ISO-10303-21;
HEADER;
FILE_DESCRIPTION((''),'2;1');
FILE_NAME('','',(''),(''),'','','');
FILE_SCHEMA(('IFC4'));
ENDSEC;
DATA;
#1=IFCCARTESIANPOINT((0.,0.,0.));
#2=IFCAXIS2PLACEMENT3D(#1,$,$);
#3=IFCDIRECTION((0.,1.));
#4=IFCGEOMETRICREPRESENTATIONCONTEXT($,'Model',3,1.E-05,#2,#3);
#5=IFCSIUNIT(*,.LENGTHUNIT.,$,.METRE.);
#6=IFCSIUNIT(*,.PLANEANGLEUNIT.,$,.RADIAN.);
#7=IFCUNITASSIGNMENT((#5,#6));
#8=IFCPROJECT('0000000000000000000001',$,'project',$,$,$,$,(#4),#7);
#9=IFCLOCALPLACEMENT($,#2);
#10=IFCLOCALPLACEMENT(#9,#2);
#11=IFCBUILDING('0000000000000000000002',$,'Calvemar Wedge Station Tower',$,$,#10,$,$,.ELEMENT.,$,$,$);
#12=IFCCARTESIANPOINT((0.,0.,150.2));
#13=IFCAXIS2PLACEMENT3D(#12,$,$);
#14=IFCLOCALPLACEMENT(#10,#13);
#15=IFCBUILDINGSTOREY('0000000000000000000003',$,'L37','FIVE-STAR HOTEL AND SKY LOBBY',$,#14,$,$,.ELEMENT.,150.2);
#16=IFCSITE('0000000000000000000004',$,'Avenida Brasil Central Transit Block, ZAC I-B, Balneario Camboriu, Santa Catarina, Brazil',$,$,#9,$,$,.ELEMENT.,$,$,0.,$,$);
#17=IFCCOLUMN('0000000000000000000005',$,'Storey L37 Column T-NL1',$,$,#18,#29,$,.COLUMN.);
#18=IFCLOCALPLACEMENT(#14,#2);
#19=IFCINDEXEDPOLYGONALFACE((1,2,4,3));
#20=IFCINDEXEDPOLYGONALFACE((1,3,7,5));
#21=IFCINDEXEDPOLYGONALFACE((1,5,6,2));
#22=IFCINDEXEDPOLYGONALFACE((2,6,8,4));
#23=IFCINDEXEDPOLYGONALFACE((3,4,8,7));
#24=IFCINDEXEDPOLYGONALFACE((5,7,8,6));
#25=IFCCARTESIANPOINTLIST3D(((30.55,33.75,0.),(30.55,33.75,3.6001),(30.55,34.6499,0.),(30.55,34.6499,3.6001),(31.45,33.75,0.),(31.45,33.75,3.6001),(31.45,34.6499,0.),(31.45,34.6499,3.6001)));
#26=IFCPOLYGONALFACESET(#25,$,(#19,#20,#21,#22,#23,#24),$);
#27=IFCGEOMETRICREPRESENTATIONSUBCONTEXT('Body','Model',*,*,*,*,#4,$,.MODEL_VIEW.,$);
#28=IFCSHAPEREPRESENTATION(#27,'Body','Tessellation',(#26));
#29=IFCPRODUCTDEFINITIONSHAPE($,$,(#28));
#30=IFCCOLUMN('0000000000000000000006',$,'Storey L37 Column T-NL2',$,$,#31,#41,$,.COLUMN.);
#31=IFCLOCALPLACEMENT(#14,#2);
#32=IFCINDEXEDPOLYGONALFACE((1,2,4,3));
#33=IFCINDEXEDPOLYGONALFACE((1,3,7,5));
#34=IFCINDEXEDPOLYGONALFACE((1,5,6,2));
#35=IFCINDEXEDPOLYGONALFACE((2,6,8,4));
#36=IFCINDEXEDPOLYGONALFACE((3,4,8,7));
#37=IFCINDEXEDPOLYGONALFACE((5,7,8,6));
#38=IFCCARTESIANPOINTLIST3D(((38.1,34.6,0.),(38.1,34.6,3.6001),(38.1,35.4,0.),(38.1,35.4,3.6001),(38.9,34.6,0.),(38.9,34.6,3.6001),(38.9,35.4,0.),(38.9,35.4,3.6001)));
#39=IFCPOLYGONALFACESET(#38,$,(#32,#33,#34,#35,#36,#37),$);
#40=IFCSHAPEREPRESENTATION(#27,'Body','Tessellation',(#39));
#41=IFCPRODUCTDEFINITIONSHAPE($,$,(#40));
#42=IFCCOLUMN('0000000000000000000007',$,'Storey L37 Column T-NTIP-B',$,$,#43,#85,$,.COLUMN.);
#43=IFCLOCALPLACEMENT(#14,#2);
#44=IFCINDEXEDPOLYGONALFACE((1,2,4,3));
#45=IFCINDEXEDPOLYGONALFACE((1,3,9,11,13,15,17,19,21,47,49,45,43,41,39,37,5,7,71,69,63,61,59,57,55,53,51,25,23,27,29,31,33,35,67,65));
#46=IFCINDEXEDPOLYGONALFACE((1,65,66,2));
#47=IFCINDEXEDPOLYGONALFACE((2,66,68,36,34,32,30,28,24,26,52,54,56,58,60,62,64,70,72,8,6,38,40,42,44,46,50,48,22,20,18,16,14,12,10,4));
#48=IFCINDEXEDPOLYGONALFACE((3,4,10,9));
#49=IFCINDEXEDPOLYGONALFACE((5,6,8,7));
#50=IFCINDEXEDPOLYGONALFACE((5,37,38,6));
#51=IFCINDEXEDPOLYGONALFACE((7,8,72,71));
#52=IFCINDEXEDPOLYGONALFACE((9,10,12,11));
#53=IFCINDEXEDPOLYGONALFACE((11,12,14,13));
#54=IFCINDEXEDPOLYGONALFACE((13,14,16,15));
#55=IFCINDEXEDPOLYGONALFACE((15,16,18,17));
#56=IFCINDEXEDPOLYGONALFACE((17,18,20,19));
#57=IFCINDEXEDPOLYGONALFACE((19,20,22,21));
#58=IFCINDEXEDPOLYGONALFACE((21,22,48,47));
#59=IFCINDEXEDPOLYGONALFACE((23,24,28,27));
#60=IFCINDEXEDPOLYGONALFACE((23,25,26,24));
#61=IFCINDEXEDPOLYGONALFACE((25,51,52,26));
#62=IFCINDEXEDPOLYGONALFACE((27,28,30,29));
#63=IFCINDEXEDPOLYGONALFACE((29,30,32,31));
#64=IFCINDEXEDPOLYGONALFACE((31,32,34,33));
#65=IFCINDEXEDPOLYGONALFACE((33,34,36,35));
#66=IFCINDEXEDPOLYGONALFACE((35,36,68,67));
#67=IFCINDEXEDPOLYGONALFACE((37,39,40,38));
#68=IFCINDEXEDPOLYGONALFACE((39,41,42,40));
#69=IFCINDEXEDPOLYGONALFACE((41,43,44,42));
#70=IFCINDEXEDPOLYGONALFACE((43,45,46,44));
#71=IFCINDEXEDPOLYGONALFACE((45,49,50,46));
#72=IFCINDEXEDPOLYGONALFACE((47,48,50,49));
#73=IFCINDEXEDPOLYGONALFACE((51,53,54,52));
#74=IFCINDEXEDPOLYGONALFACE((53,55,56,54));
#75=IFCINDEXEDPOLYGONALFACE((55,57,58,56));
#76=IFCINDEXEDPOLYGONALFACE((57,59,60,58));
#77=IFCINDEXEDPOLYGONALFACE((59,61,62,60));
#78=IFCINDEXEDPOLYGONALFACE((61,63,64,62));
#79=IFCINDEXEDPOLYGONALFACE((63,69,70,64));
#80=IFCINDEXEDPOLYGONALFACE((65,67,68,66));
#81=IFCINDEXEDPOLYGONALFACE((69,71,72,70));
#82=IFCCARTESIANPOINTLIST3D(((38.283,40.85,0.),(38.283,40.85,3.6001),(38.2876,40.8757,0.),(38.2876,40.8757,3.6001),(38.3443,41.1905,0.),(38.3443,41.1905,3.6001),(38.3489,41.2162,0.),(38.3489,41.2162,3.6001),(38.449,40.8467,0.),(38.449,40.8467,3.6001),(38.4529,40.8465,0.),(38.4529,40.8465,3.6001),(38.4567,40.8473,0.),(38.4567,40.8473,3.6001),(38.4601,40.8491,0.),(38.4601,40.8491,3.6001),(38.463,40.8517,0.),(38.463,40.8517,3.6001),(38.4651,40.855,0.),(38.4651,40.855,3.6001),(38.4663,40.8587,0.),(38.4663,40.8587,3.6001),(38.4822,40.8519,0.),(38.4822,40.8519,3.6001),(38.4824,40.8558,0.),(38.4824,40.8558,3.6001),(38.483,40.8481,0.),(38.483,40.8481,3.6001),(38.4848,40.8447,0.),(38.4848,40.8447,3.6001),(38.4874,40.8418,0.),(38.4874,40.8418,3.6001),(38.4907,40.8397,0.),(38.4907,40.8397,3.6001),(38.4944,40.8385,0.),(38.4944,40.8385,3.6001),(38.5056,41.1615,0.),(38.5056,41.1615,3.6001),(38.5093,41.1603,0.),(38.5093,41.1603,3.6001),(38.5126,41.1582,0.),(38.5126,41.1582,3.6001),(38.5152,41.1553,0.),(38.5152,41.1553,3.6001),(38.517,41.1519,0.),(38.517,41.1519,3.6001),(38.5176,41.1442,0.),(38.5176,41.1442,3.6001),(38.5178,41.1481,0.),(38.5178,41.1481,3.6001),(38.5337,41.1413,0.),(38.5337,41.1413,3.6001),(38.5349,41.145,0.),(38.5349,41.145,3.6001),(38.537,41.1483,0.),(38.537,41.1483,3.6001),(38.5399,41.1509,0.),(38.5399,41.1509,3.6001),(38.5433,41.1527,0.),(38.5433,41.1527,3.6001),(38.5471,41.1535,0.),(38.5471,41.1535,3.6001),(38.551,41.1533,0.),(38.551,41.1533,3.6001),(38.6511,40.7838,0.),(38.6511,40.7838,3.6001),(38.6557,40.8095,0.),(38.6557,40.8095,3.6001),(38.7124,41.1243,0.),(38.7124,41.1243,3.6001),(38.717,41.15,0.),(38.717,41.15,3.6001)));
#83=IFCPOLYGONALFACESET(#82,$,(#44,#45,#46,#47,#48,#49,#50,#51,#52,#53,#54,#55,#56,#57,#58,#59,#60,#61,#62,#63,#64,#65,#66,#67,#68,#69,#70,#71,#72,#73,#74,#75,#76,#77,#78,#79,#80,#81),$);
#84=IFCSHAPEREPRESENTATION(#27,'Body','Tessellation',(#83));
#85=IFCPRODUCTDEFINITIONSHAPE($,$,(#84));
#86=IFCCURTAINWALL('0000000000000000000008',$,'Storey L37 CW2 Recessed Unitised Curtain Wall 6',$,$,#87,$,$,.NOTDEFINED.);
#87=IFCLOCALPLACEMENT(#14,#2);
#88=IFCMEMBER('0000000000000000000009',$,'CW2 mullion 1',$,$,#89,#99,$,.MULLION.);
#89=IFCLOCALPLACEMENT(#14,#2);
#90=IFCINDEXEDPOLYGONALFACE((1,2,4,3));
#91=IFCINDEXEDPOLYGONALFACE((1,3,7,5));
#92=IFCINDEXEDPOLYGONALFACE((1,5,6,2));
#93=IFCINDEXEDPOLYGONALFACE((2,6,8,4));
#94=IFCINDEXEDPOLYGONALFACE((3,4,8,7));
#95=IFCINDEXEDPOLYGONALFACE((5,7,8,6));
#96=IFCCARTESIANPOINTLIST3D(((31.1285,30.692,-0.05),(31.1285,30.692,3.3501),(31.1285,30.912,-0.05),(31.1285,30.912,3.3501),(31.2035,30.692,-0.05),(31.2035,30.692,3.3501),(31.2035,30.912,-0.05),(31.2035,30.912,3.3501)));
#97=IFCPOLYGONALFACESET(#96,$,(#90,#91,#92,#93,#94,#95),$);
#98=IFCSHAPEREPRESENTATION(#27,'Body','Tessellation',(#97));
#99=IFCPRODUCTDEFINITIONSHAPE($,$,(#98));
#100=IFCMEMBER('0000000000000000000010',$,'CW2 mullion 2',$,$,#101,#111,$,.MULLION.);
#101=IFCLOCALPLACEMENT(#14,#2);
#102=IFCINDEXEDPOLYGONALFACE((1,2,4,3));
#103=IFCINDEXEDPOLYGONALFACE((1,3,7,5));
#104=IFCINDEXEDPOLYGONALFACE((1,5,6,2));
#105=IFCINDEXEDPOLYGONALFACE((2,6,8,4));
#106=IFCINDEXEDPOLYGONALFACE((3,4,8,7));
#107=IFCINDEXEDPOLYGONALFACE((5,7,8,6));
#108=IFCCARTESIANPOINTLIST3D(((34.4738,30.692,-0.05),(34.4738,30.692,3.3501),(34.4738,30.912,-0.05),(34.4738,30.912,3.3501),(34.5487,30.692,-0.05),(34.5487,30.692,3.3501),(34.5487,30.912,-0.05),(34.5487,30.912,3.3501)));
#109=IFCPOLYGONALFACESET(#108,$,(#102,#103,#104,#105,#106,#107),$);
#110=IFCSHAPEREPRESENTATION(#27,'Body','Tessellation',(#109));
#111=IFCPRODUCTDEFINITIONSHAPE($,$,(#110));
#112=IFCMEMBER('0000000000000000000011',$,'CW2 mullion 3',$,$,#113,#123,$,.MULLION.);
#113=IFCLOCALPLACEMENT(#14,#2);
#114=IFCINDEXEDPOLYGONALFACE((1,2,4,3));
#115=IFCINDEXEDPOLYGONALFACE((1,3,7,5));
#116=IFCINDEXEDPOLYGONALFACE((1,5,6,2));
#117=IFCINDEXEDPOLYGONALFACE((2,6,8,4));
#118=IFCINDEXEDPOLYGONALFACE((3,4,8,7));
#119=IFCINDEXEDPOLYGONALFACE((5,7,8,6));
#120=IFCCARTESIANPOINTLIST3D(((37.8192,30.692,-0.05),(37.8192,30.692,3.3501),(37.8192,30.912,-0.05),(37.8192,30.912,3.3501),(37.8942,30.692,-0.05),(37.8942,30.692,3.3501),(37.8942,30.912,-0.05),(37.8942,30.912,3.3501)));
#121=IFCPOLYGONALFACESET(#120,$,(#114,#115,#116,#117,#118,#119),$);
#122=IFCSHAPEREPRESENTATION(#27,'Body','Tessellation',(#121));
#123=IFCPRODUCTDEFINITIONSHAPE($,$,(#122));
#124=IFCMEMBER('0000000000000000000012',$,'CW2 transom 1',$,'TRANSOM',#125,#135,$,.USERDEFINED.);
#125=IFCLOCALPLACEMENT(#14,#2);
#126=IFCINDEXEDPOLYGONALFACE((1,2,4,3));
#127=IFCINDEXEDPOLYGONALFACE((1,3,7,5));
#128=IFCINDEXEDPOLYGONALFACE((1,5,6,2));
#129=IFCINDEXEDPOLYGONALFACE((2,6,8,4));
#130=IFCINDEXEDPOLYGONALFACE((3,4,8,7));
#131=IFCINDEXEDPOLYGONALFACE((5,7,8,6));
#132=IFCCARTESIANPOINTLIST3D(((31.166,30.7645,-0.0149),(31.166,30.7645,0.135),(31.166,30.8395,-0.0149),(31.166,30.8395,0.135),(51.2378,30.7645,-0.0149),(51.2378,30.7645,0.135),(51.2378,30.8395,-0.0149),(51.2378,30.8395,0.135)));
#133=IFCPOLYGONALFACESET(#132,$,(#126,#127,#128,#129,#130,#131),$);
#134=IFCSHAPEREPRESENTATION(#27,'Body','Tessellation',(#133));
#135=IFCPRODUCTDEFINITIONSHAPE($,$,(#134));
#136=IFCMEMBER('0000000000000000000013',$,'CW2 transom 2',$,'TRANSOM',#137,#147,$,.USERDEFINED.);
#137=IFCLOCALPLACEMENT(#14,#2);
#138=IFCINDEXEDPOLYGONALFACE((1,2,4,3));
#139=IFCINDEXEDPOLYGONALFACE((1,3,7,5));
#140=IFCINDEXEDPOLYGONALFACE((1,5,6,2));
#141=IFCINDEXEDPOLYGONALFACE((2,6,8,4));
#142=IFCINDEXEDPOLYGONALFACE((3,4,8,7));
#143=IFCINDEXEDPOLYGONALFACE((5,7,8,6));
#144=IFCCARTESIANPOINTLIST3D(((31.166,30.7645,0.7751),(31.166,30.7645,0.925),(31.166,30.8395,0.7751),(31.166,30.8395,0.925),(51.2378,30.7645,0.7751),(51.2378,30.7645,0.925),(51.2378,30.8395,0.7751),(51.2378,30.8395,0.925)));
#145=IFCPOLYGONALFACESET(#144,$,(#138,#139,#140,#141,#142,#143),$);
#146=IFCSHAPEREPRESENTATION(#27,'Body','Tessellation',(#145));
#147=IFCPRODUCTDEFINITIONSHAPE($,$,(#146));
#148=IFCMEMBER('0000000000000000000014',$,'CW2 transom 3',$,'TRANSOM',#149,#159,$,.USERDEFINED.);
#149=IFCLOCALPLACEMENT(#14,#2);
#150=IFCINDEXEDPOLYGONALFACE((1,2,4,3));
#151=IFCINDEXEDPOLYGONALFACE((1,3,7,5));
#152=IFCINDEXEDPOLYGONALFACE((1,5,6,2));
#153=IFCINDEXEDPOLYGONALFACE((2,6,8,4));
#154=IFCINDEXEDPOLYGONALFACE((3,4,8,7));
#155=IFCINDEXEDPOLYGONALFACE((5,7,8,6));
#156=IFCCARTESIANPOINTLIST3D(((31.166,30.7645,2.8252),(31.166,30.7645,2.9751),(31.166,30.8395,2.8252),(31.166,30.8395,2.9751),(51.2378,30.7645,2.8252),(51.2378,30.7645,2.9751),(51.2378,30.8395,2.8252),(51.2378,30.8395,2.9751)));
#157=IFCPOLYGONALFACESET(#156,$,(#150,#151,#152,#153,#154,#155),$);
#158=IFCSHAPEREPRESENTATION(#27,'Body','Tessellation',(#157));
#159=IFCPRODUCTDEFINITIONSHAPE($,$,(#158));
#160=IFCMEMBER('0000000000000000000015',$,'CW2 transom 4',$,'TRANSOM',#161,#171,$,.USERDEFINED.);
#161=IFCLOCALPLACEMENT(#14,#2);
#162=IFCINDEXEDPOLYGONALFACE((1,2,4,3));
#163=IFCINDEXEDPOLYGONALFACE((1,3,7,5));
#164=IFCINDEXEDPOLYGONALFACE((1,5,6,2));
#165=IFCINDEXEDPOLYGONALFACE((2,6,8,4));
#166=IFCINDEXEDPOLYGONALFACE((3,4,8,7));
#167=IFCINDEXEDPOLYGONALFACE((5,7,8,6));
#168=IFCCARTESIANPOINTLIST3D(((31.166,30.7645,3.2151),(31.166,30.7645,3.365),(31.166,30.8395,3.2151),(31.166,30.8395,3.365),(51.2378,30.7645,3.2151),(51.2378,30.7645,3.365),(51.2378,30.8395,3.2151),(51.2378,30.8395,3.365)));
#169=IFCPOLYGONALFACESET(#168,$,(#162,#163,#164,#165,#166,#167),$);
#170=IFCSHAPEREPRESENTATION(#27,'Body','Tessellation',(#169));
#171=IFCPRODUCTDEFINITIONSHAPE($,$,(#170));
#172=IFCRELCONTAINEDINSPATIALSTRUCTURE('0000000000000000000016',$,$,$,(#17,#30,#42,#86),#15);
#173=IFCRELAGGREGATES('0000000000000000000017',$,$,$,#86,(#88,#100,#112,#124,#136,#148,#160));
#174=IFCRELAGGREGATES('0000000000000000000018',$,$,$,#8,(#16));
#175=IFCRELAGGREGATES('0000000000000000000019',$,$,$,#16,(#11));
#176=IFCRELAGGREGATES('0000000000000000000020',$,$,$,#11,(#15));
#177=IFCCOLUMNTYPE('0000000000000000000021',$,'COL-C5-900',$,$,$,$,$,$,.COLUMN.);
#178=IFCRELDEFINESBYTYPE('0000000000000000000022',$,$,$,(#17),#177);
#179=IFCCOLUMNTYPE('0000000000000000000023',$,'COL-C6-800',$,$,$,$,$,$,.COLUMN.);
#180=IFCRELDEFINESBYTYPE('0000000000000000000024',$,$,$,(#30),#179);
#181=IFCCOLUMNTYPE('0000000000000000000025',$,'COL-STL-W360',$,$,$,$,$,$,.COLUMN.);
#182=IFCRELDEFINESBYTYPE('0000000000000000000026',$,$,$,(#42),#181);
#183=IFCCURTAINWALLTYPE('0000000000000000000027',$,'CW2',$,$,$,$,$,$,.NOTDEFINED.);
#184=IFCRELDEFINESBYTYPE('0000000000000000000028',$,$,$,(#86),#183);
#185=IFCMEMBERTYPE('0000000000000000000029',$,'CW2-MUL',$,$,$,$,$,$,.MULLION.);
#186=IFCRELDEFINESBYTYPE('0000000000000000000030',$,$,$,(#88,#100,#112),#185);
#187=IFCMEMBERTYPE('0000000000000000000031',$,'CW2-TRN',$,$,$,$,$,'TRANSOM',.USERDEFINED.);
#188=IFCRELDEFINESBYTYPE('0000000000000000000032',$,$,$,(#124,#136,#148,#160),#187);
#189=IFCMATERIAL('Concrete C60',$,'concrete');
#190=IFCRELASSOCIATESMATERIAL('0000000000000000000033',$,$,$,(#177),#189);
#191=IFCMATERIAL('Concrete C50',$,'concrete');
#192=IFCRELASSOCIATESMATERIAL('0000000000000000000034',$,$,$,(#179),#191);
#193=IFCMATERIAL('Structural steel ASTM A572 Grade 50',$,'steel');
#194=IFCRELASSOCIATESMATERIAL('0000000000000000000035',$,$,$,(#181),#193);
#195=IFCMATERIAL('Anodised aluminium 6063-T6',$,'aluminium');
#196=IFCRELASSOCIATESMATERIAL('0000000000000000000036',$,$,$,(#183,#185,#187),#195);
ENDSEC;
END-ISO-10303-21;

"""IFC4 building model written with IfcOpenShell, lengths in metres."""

from ifc_helpers import new_model, si_unit, direction, frame, origin, origin_2d, place, context, subcontext, project, spatial, rectangle, i_section, extrude, source, transform, mapped, material, material_profile, profile_set, type_object, element, aggregate, save


model = new_model("IFC4")

# Units and contexts
model_context = context("Model", 3, precision=1e-05, world=origin(), true_north=direction((0.0, 1.0)))
body_context = subcontext(model_context, "Body", "Model", "MODEL_VIEW")
ifc_project = project(units=[si_unit("LENGTHUNIT", "METRE"), si_unit("PLANEANGLEUNIT", "RADIAN")], contexts=[model_context])

# Site, building, storey
site_placement = place(None, origin())
site = spatial("IfcSite", under=ifc_project, at=site_placement, Name="Avenida Brasil Central Transit Block, ZAC I-B, Balneario Camboriu, Santa Catarina, Brazil", CompositionType="ELEMENT", RefElevation=0.0)
building_placement = place(site_placement, origin())
building = spatial("IfcBuilding", under=site, at=building_placement, Name="Calvemar Wedge Station Tower", CompositionType="ELEMENT")
storey_placement = place(building_placement, frame((0.0, 0.0, 150.2)))
storey = spatial("IfcBuildingStorey", under=building, at=storey_placement, Name="L37", Description="FIVE-STAR HOTEL AND SKY LOBBY", CompositionType="ELEMENT", Elevation=150.2)

# Columns
ifc_material_1 = material(Name="Concrete C60", Category="concrete")
ifc_material_profile_1 = material_profile(ifc_material_1, rectangle(XDim=0.8999, YDim=0.8999, at=origin_2d()), Name="RC900x900")
ifc_profile_set_1 = profile_set([ifc_material_profile_1], Name="Concrete C60")
column_type_1 = type_object("IfcColumnType", Name="COL-C5-900", PredefinedType="COLUMN", material=ifc_profile_set_1)
shared_shape_1 = source(origin(), body_context, "Body", "SweptSolid", [
    extrude(rectangle(XDim=0.8999, YDim=0.8999, at=origin_2d()), origin(), (0.0, 0.0, 1.0), 3.6001),
])
column_1_placement = place(storey_placement, frame((31.0, 34.2, 0.0), z_axis=(0.0, 0.0, 1.0), x_axis=(1.0, 0.0, 0.0)))
element("IfcColumn", 1, at=column_1_placement, inside=storey, type_object=column_type_1, Name="Storey L37 Column T-NL1", PredefinedType="COLUMN", context=body_context, shape_type="MappedRepresentation", body=[
    mapped(shared_shape_1, transform((0.0, 0.0, 0.0), scale=1.0)),
])
ifc_material_2 = material(Name="Concrete C50", Category="concrete")
ifc_material_profile_2 = material_profile(ifc_material_2, rectangle(XDim=0.8, YDim=0.8, at=origin_2d()), Name="RC800x800")
ifc_profile_set_2 = profile_set([ifc_material_profile_2], Name="Concrete C50")
column_type_2 = type_object("IfcColumnType", Name="COL-C6-800", PredefinedType="COLUMN", material=ifc_profile_set_2)
shared_shape_2 = source(origin(), body_context, "Body", "SweptSolid", [
    extrude(rectangle(XDim=0.8, YDim=0.8, at=origin_2d()), origin(), (0.0, 0.0, 1.0), 3.6001),
])
column_2_placement = place(storey_placement, frame((38.5, 35.0, 0.0), z_axis=(0.0, 0.0, 1.0), x_axis=(1.0, 0.0, 0.0)))
element("IfcColumn", 2, at=column_2_placement, inside=storey, type_object=column_type_2, Name="Storey L37 Column T-NL2", PredefinedType="COLUMN", context=body_context, shape_type="MappedRepresentation", body=[
    mapped(shared_shape_2, transform((0.0, 0.0, 0.0), scale=1.0)),
])
ifc_material_3 = material(Name="Structural steel ASTM A572 Grade 50", Category="steel")
ifc_material_profile_3 = material_profile(ifc_material_3, i_section(OverallWidth=0.374, OverallDepth=0.3721, WebThickness=0.0164, FlangeThickness=0.0261, FilletRadius=0.0149, at=origin_2d()), Name="W360x196")
ifc_profile_set_3 = profile_set([ifc_material_profile_3], Name="Structural steel ASTM A572 Grade 50")
column_type_3 = type_object("IfcColumnType", Name="COL-STL-W360", PredefinedType="COLUMN", material=ifc_profile_set_3)
shared_shape_3 = source(origin(), body_context, "Body", "SweptSolid", [
    extrude(i_section(OverallWidth=0.374, OverallDepth=0.3721, WebThickness=0.0164, FlangeThickness=0.0261, FilletRadius=0.0149, at=origin_2d()), origin(), (0.0, 0.0, 1.0), 3.6001),
])
column_3_placement = place(storey_placement, frame((38.5, 41.0, 0.0), z_axis=(0.0, 0.0, 1.0), x_axis=(0.984196, -0.177085, 0.0)))
element("IfcColumn", 3, at=column_3_placement, inside=storey, type_object=column_type_3, Name="Storey L37 Column T-NTIP-B", PredefinedType="COLUMN", context=body_context, shape_type="MappedRepresentation", body=[
    mapped(shared_shape_3, transform((0.0, 0.0, 0.0), scale=1.0)),
])

# Curtain wall, members
ifc_material_4 = material(Name="Anodised aluminium 6063-T6", Category="aluminium")
curtain_wall_type = type_object("IfcCurtainWallType", Name="CW2", PredefinedType="NOTDEFINED", material=ifc_material_4)
curtain_wall_placement = place(storey_placement, origin())
curtain_wall = element("IfcCurtainWall", 4, at=curtain_wall_placement, inside=storey, type_object=curtain_wall_type, Name="Storey L37 CW2 Recessed Unitised Curtain Wall 6", PredefinedType="NOTDEFINED")
ifc_material_profile_4 = material_profile(ifc_material_4, rectangle(XDim=0.075, YDim=0.22, at=origin_2d()), Name="AL-MUL-75x220")
ifc_profile_set_4 = profile_set([ifc_material_profile_4], Name="Anodised aluminium 6063-T6")
member_type_1 = type_object("IfcMemberType", Name="CW2-MUL", PredefinedType="MULLION", material=ifc_profile_set_4)
shared_shape_4 = source(origin(), body_context, "Body", "SweptSolid", [
    extrude(rectangle(XDim=0.075, YDim=0.22, at=origin_2d()), origin(), (0.0, 0.0, 1.0), 3.4001),
])
member_1_placement = place(storey_placement, frame((31.166, 30.802, -0.05), z_axis=(0.0, 0.0, 1.0), x_axis=(1.0, 0.0, 0.0)))
member_1 = element("IfcMember", 5, at=member_1_placement, type_object=member_type_1, Name="CW2 mullion 1", PredefinedType="MULLION", context=body_context, shape_type="MappedRepresentation", body=[
    mapped(shared_shape_4, transform((0.0, 0.0, 0.0), scale=1.0)),
])
member_2_placement = place(storey_placement, frame((34.5112, 30.802, -0.05), z_axis=(0.0, 0.0, 1.0), x_axis=(1.0, 0.0, 0.0)))
member_2 = element("IfcMember", 6, at=member_2_placement, type_object=member_type_1, Name="CW2 mullion 2", PredefinedType="MULLION", context=body_context, shape_type="MappedRepresentation", body=[
    mapped(shared_shape_4, transform((0.0, 0.0, 0.0), scale=1.0)),
])
member_3_placement = place(storey_placement, frame((37.8567, 30.802, -0.05), z_axis=(0.0, 0.0, 1.0), x_axis=(1.0, 0.0, 0.0)))
member_3 = element("IfcMember", 7, at=member_3_placement, type_object=member_type_1, Name="CW2 mullion 3", PredefinedType="MULLION", context=body_context, shape_type="MappedRepresentation", body=[
    mapped(shared_shape_4, transform((0.0, 0.0, 0.0), scale=1.0)),
])
ifc_material_profile_5 = material_profile(ifc_material_4, rectangle(XDim=0.075, YDim=0.1499, at=origin_2d()), Name="AL-TRN-75x150")
ifc_profile_set_5 = profile_set([ifc_material_profile_5], Name="Anodised aluminium 6063-T6")
member_type_2 = type_object("IfcMemberType", Name="CW2-TRN", ElementType="TRANSOM", PredefinedType="USERDEFINED", material=ifc_profile_set_5)
shared_shape_5 = source(origin(), body_context, "Body", "SweptSolid", [
    extrude(rectangle(XDim=0.075, YDim=0.1499, at=origin_2d()), origin(), (0.0, 0.0, 1.0), 20.0718),
])
member_4_placement = place(storey_placement, frame((31.166, 30.802, 0.0601), z_axis=(1.0, 0.0, 0.0), x_axis=(0.0, 1.0, 0.0)))
member_4 = element("IfcMember", 8, at=member_4_placement, type_object=member_type_2, Name="CW2 transom 1", ObjectType="TRANSOM", PredefinedType="USERDEFINED", context=body_context, shape_type="MappedRepresentation", body=[
    mapped(shared_shape_5, transform((0.0, 0.0, 0.0), scale=1.0)),
])
member_5_placement = place(storey_placement, frame((31.166, 30.802, 0.8501), z_axis=(1.0, 0.0, 0.0), x_axis=(0.0, 1.0, 0.0)))
member_5 = element("IfcMember", 9, at=member_5_placement, type_object=member_type_2, Name="CW2 transom 2", ObjectType="TRANSOM", PredefinedType="USERDEFINED", context=body_context, shape_type="MappedRepresentation", body=[
    mapped(shared_shape_5, transform((0.0, 0.0, 0.0), scale=1.0)),
])
member_6_placement = place(storey_placement, frame((31.166, 30.802, 2.9001), z_axis=(1.0, 0.0, 0.0), x_axis=(0.0, 1.0, 0.0)))
member_6 = element("IfcMember", 10, at=member_6_placement, type_object=member_type_2, Name="CW2 transom 3", ObjectType="TRANSOM", PredefinedType="USERDEFINED", context=body_context, shape_type="MappedRepresentation", body=[
    mapped(shared_shape_5, transform((0.0, 0.0, 0.0), scale=1.0)),
])
member_7_placement = place(storey_placement, frame((31.166, 30.802, 3.29), z_axis=(1.0, 0.0, 0.0), x_axis=(0.0, 1.0, 0.0)))
member_7 = element("IfcMember", 11, at=member_7_placement, type_object=member_type_2, Name="CW2 transom 4", ObjectType="TRANSOM", PredefinedType="USERDEFINED", context=body_context, shape_type="MappedRepresentation", body=[
    mapped(shared_shape_5, transform((0.0, 0.0, 0.0), scale=1.0)),
])
aggregate(curtain_wall, [member_1, member_2, member_3, member_4, member_5, member_6, member_7])

save(model, "model.ifc")
